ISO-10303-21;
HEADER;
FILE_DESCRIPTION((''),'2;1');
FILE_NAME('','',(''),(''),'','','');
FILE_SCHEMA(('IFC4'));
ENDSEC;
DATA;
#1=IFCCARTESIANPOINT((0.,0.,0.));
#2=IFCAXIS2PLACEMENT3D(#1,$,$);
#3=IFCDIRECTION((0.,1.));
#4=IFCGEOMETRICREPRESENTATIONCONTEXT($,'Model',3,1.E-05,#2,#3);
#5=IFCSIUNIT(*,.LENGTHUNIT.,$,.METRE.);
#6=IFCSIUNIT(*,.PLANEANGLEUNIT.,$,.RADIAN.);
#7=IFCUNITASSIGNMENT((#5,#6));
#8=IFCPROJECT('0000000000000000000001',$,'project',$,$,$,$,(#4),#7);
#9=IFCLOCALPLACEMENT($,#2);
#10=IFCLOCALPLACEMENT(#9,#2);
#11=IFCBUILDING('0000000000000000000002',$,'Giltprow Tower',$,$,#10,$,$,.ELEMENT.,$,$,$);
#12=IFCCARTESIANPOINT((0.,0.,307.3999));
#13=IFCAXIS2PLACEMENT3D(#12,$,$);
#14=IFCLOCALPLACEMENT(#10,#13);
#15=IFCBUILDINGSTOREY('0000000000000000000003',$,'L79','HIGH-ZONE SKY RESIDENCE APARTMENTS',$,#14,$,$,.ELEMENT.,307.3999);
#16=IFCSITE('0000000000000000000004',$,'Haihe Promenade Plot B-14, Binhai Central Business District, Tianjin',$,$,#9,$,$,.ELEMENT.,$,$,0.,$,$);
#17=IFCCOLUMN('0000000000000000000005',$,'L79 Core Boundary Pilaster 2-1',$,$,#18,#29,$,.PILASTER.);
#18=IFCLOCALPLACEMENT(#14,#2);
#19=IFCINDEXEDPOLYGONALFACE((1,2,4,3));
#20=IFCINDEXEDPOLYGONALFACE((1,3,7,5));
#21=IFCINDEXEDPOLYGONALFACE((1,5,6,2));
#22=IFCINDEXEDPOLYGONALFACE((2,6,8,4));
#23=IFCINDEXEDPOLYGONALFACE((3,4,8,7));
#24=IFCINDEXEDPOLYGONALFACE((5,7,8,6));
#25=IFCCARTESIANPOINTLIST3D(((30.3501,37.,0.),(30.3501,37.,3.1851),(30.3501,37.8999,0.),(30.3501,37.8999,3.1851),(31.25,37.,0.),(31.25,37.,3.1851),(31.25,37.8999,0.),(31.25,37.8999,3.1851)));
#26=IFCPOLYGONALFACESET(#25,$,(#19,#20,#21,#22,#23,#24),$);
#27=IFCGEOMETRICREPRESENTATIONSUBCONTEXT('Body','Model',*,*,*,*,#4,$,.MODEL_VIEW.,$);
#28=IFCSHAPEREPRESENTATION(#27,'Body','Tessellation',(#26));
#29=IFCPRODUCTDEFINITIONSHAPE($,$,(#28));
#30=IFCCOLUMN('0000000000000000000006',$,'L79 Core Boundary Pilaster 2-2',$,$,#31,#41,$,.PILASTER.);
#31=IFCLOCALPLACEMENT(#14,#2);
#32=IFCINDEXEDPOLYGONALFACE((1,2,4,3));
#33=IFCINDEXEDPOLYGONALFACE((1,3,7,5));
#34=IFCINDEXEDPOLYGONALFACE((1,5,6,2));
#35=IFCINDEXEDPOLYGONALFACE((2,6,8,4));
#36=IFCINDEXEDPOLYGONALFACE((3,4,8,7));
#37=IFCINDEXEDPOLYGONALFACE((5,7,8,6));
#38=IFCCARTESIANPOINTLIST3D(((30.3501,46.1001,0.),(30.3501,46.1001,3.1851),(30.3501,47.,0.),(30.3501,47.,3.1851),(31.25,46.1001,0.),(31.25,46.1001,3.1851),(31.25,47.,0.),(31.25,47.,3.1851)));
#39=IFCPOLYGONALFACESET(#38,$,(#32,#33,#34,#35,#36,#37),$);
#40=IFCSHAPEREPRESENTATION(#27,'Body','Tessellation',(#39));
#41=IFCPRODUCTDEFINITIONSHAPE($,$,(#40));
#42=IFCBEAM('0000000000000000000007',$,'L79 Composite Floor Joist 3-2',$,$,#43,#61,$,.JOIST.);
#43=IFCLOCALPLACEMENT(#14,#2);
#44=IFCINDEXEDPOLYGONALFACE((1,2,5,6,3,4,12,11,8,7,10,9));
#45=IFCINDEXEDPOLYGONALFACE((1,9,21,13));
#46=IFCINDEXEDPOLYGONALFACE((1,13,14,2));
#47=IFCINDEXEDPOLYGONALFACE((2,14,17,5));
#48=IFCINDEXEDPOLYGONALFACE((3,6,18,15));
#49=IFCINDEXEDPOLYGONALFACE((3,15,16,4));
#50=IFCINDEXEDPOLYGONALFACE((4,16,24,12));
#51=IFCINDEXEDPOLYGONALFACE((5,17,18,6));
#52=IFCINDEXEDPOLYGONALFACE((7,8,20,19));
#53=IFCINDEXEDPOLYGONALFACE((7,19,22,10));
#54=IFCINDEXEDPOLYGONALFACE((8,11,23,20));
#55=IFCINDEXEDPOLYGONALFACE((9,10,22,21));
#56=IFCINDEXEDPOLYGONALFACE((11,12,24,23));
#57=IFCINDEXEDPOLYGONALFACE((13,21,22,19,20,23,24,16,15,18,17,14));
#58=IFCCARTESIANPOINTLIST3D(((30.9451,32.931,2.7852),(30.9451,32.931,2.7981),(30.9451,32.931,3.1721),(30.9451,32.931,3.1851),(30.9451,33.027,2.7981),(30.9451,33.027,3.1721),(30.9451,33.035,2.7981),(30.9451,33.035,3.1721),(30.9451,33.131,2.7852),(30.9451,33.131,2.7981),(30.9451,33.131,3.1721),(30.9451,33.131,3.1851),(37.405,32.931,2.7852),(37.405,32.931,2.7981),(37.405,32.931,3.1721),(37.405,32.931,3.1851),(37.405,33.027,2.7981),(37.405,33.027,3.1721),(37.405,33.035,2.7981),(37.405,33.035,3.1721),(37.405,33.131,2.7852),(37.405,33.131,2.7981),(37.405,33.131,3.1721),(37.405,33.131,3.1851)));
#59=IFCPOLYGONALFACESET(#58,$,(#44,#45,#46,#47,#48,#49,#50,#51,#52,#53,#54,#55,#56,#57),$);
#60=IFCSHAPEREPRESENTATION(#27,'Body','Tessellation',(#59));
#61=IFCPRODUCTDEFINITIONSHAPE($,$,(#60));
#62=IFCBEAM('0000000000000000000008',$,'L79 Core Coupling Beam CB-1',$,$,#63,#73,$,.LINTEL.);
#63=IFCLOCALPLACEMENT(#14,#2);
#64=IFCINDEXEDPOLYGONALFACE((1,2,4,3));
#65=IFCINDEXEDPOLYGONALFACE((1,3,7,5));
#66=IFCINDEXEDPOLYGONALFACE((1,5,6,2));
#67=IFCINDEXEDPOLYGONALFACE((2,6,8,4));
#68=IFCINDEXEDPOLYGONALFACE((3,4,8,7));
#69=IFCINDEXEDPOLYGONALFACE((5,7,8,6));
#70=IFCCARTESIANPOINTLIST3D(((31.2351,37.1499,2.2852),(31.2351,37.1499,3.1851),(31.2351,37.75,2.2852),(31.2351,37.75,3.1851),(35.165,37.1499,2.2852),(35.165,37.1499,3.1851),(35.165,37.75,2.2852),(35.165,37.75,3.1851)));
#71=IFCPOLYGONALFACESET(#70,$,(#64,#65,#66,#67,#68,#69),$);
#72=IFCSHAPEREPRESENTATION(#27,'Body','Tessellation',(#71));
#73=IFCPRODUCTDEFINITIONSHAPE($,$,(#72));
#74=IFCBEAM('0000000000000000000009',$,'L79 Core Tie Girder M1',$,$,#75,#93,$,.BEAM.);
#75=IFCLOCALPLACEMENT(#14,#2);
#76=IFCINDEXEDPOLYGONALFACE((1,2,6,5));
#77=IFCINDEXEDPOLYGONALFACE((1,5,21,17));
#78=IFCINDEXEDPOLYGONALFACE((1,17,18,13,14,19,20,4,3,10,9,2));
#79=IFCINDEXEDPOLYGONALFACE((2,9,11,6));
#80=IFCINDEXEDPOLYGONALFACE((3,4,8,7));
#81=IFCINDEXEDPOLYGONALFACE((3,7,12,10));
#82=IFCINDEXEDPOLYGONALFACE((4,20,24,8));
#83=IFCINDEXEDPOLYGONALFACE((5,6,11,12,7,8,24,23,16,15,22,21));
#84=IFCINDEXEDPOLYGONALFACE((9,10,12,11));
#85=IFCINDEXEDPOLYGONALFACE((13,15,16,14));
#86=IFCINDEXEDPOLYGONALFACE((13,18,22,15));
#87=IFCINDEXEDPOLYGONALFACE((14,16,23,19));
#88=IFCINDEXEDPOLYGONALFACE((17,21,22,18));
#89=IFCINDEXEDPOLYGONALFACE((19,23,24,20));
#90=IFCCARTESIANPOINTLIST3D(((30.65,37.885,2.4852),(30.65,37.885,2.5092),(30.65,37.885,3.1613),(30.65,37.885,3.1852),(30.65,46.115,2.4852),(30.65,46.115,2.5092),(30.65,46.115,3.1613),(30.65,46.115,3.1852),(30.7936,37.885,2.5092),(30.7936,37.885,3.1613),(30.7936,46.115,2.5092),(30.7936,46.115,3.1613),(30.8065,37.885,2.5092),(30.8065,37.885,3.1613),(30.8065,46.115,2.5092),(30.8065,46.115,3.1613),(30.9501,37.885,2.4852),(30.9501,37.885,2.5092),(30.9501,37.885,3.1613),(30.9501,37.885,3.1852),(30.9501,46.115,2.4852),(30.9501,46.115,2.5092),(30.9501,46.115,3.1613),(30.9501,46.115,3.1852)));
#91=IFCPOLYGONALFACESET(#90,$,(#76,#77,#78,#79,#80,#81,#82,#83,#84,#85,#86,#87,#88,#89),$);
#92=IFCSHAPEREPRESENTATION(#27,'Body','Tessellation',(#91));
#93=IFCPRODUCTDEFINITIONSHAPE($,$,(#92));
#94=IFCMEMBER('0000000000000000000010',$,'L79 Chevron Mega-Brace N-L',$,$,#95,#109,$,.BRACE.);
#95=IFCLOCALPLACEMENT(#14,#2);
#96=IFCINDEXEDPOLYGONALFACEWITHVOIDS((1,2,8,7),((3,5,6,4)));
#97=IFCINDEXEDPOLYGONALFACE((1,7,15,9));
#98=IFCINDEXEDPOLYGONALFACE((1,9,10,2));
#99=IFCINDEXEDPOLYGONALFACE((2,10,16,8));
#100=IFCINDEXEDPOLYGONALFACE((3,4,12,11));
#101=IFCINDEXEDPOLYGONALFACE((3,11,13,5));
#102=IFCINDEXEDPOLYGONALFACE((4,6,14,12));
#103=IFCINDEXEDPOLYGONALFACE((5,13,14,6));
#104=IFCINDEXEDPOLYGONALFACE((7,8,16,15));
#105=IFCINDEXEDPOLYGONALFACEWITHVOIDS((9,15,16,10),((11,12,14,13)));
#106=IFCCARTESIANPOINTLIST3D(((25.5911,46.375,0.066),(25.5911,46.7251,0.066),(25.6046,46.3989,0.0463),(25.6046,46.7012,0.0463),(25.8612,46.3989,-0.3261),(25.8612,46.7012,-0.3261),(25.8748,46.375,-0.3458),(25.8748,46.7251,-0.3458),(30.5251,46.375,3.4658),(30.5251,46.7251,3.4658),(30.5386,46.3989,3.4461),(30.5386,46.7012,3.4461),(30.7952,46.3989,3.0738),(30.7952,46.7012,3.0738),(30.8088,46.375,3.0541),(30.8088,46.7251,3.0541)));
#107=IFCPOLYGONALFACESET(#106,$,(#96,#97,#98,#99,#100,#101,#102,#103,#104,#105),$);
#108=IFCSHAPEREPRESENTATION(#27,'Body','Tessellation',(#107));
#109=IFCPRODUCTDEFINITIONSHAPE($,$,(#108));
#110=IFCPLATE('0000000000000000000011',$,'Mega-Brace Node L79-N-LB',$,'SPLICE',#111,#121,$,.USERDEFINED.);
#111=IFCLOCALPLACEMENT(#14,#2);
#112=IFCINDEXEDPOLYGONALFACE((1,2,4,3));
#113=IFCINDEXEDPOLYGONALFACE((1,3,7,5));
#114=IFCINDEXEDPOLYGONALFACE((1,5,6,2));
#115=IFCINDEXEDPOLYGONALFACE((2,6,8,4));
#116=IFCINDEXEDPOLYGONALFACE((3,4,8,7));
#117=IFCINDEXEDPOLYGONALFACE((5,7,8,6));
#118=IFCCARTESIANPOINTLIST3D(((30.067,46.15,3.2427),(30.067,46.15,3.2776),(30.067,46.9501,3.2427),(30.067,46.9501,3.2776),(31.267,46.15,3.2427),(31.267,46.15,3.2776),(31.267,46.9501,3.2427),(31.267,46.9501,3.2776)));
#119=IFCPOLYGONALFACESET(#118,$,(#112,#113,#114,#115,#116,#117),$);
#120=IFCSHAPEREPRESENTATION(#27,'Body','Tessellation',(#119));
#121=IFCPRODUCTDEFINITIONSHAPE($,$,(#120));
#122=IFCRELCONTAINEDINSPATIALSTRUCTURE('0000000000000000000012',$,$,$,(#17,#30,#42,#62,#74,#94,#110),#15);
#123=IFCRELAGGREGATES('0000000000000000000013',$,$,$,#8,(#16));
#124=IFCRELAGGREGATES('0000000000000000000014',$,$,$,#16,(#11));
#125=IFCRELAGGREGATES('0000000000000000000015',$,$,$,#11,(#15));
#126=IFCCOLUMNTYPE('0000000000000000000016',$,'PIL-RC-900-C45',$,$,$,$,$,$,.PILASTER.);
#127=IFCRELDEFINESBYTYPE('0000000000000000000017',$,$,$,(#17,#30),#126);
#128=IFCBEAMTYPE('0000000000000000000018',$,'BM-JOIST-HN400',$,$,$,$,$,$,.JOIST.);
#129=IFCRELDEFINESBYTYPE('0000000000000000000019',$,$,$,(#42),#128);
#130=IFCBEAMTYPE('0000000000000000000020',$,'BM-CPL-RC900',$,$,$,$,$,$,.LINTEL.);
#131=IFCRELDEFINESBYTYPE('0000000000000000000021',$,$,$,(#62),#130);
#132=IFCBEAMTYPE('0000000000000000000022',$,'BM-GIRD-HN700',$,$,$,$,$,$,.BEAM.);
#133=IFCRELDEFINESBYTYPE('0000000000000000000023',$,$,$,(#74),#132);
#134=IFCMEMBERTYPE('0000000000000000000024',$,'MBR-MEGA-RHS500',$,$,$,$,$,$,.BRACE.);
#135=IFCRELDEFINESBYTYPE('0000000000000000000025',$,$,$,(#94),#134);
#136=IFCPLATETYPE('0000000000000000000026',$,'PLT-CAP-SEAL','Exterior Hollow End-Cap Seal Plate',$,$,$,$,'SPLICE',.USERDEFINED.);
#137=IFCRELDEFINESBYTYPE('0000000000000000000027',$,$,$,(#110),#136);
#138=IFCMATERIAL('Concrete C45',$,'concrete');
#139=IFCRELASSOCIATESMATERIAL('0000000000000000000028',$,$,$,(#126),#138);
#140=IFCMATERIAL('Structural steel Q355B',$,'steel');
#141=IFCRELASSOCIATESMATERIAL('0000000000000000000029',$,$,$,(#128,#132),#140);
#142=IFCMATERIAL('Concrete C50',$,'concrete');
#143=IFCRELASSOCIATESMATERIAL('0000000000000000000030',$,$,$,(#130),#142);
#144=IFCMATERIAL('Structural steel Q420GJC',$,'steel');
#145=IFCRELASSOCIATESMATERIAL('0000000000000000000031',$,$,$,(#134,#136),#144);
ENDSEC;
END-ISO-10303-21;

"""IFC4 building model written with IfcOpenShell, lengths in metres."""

from ifc_helpers import new_model, si_unit, direction, frame, origin, origin_2d, place, context, subcontext, project, spatial, rectangle, hollow_rectangle, i_section, extrude, source, transform, mapped, material, material_profile, profile_set, type_object, element, save


model = new_model("IFC4")

# Units and contexts
model_context = context("Model", 3, precision=1e-05, world=origin(), true_north=direction((0.0, 1.0)))
body_context = subcontext(model_context, "Body", "Model", "MODEL_VIEW")
ifc_project = project(units=[si_unit("LENGTHUNIT", "METRE"), si_unit("PLANEANGLEUNIT", "RADIAN")], contexts=[model_context])

# Site, building, storey
site_placement = place(None, origin())
site = spatial("IfcSite", under=ifc_project, at=site_placement, Name="Haihe Promenade Plot B-14, Binhai Central Business District, Tianjin", CompositionType="ELEMENT", RefElevation=0.0)
building_placement = place(site_placement, origin())
building = spatial("IfcBuilding", under=site, at=building_placement, Name="Giltprow Tower", CompositionType="ELEMENT")
storey_placement = place(building_placement, frame((0.0, 0.0, 307.3999)))
storey = spatial("IfcBuildingStorey", under=building, at=storey_placement, Name="L79", Description="HIGH-ZONE SKY RESIDENCE APARTMENTS", CompositionType="ELEMENT", Elevation=307.3999)

# Columns
ifc_material_1 = material(Name="Concrete C45", Category="concrete")
ifc_material_profile_1 = material_profile(ifc_material_1, rectangle(XDim=0.8999, YDim=0.8999, at=origin_2d()), Name="RC 900x900")
ifc_profile_set_1 = profile_set([ifc_material_profile_1], Name="Concrete C45")
column_type = type_object("IfcColumnType", Name="PIL-RC-900-C45", PredefinedType="PILASTER", material=ifc_profile_set_1)
shared_shape_1 = source(origin(), body_context, "Body", "SweptSolid", [
    extrude(rectangle(XDim=0.8999, YDim=0.8999, at=origin_2d()), origin(), (0.0, 0.0, 1.0), 3.1851),
])
for number, where, z_axis, x_axis, name in (
    (1, (30.8, 37.45, 0.0), (0.0, 0.0, 1.0), (1.0, 0.0, 0.0), "L79 Core Boundary Pilaster 2-1"),
    (2, (30.8, 46.55, 0.0), (0.0, 0.0, 1.0), (1.0, 0.0, 0.0), "L79 Core Boundary Pilaster 2-2"),
):
    element("IfcColumn", number, at=place(storey_placement, frame(where, z_axis=z_axis, x_axis=x_axis)), inside=storey, type_object=column_type, Name=name, PredefinedType="PILASTER", context=body_context, shape_type="MappedRepresentation", body=[
        mapped(shared_shape_1, transform((0.0, 0.0, 0.0), x_axis=(1.0, 0.0, 0.0), y_axis=(0.0, 1.0, 0.0), z_axis=(0.0, 0.0, 1.0), scale=1.0)),
    ])

# Beams
ifc_material_2 = material(Name="Structural steel Q355B", Category="steel")
ifc_material_profile_2 = material_profile(ifc_material_2, i_section(OverallWidth=0.2, OverallDepth=0.3999, WebThickness=0.0081, FlangeThickness=0.0129, at=origin_2d()), Name="HN 400x200x8x13")
ifc_profile_set_2 = profile_set([ifc_material_profile_2], Name="Structural steel Q355B")
beam_type_1 = type_object("IfcBeamType", Name="BM-JOIST-HN400", PredefinedType="JOIST", material=ifc_profile_set_2)
shared_shape_2 = source(origin(), body_context, "Body", "SweptSolid", [
    extrude(i_section(OverallWidth=0.2, OverallDepth=0.3999, WebThickness=0.0081, FlangeThickness=0.0129, at=origin_2d()), origin(), (0.0, 0.0, 1.0), 6.46),
])
beam_1_placement = place(storey_placement, frame((30.9451, 33.031, 2.9851), z_axis=(1.0, 0.0, 0.0), x_axis=(0.0, 1.0, 0.0)))
element("IfcBeam", 3, at=beam_1_placement, inside=storey, type_object=beam_type_1, Name="L79 Composite Floor Joist 3-2", PredefinedType="JOIST", context=body_context, shape_type="MappedRepresentation", body=[
    mapped(shared_shape_2, transform((0.0, 0.0, 0.0), x_axis=(1.0, 0.0, 0.0), y_axis=(0.0, 1.0, 0.0), z_axis=(0.0, 0.0, 1.0), scale=1.0)),
])
ifc_material_3 = material(Name="Concrete C50", Category="concrete")
ifc_material_profile_3 = material_profile(ifc_material_3, rectangle(XDim=0.6001, YDim=0.8999, at=origin_2d()), Name="RC 900x600")
ifc_profile_set_3 = profile_set([ifc_material_profile_3], Name="Concrete C50")
beam_type_2 = type_object("IfcBeamType", Name="BM-CPL-RC900", PredefinedType="LINTEL", material=ifc_profile_set_3)
shared_shape_3 = source(origin(), body_context, "Body", "SweptSolid", [
    extrude(rectangle(XDim=0.6001, YDim=0.8999, at=origin_2d()), origin(), (0.0, 0.0, 1.0), 3.9299),
])
beam_2_placement = place(storey_placement, frame((31.2351, 37.45, 2.7351), z_axis=(1.0, 0.0, 0.0), x_axis=(0.0, 1.0, 0.0)))
element("IfcBeam", 4, at=beam_2_placement, inside=storey, type_object=beam_type_2, Name="L79 Core Coupling Beam CB-1", PredefinedType="LINTEL", context=body_context, shape_type="MappedRepresentation", body=[
    mapped(shared_shape_3, transform((0.0, 0.0, 0.0), x_axis=(1.0, 0.0, 0.0), y_axis=(0.0, 1.0, 0.0), z_axis=(0.0, 0.0, 1.0), scale=1.0)),
])
ifc_material_profile_4 = material_profile(ifc_material_2, i_section(OverallWidth=0.3, OverallDepth=0.7, WebThickness=0.0129, FlangeThickness=0.0239, at=origin_2d()), Name="HN 700x300x13x24")
ifc_profile_set_4 = profile_set([ifc_material_profile_4], Name="Structural steel Q355B")
beam_type_3 = type_object("IfcBeamType", Name="BM-GIRD-HN700", PredefinedType="BEAM", material=ifc_profile_set_4)
shared_shape_4 = source(origin(), body_context, "Body", "SweptSolid", [
    extrude(i_section(OverallWidth=0.3, OverallDepth=0.7, WebThickness=0.0129, FlangeThickness=0.0239, at=origin_2d()), origin(), (0.0, 0.0, 1.0), 8.23),
])
beam_3_placement = place(storey_placement, frame((30.8, 37.885, 2.8352), z_axis=(0.0, 1.0, 0.0), x_axis=(-1.0, 0.0, 0.0)))
element("IfcBeam", 5, at=beam_3_placement, inside=storey, type_object=beam_type_3, Name="L79 Core Tie Girder M1", PredefinedType="BEAM", context=body_context, shape_type="MappedRepresentation", body=[
    mapped(shared_shape_4, transform((0.0, 0.0, 0.0), x_axis=(1.0, 0.0, 0.0), y_axis=(0.0, 1.0, 0.0), z_axis=(0.0, 0.0, 1.0), scale=1.0)),
])

# Member
ifc_material_4 = material(Name="Structural steel Q420GJC", Category="steel")
ifc_material_profile_5 = material_profile(ifc_material_4, hollow_rectangle(XDim=0.3501, YDim=0.5, WallThickness=0.0239, at=origin_2d()), Name="RHS 500x350x24")
ifc_profile_set_5 = profile_set([ifc_material_profile_5], Name="Structural steel Q420GJC")
member_type = type_object("IfcMemberType", Name="MBR-MEGA-RHS500", PredefinedType="BRACE", material=ifc_profile_set_5)
shared_shape_5 = source(origin(), body_context, "Body", "SweptSolid", [
    extrude(hollow_rectangle(XDim=0.3501, YDim=0.5, WallThickness=0.0239, at=origin_2d()), origin(), (0.0, 0.0, 1.0), 5.9919),
])
member_placement = place(storey_placement, frame((25.7329, 46.55, -0.1399), z_axis=(0.82344, 0.0, 0.567403), x_axis=(0.0, 1.0, 0.0)))
element("IfcMember", 6, at=member_placement, inside=storey, type_object=member_type, Name="L79 Chevron Mega-Brace N-L", PredefinedType="BRACE", context=body_context, shape_type="MappedRepresentation", body=[
    mapped(shared_shape_5, transform((0.0, 0.0, 0.0), x_axis=(1.0, 0.0, 0.0), y_axis=(0.0, 1.0, 0.0), z_axis=(0.0, 0.0, 1.0), scale=1.0)),
])

# Plate
plate_type = type_object("IfcPlateType", Name="PLT-CAP-SEAL", Description="Exterior Hollow End-Cap Seal Plate", ElementType="SPLICE", PredefinedType="USERDEFINED", material=ifc_material_4)
shared_shape_6 = source(origin(), body_context, "Body", "SweptSolid", [
    extrude(rectangle(XDim=1.2, YDim=0.8, at=origin_2d()), origin(), (0.0, 0.0, 1.0), 0.0349),
])
plate_placement = place(storey_placement, frame((30.667, 46.55, 3.2427), z_axis=(0.0, 0.0, 1.0), x_axis=(1.0, 0.0, 0.0)))
element("IfcPlate", 7, at=plate_placement, inside=storey, type_object=plate_type, Name="Mega-Brace Node L79-N-LB", ObjectType="SPLICE", PredefinedType="USERDEFINED", context=body_context, shape_type="MappedRepresentation", body=[
    mapped(shared_shape_6, transform((0.0, 0.0, 0.0), x_axis=(1.0, 0.0, 0.0), y_axis=(0.0, 1.0, 0.0), z_axis=(0.0, 0.0, 1.0), scale=1.0)),
])

save(model, "model.ifc")
